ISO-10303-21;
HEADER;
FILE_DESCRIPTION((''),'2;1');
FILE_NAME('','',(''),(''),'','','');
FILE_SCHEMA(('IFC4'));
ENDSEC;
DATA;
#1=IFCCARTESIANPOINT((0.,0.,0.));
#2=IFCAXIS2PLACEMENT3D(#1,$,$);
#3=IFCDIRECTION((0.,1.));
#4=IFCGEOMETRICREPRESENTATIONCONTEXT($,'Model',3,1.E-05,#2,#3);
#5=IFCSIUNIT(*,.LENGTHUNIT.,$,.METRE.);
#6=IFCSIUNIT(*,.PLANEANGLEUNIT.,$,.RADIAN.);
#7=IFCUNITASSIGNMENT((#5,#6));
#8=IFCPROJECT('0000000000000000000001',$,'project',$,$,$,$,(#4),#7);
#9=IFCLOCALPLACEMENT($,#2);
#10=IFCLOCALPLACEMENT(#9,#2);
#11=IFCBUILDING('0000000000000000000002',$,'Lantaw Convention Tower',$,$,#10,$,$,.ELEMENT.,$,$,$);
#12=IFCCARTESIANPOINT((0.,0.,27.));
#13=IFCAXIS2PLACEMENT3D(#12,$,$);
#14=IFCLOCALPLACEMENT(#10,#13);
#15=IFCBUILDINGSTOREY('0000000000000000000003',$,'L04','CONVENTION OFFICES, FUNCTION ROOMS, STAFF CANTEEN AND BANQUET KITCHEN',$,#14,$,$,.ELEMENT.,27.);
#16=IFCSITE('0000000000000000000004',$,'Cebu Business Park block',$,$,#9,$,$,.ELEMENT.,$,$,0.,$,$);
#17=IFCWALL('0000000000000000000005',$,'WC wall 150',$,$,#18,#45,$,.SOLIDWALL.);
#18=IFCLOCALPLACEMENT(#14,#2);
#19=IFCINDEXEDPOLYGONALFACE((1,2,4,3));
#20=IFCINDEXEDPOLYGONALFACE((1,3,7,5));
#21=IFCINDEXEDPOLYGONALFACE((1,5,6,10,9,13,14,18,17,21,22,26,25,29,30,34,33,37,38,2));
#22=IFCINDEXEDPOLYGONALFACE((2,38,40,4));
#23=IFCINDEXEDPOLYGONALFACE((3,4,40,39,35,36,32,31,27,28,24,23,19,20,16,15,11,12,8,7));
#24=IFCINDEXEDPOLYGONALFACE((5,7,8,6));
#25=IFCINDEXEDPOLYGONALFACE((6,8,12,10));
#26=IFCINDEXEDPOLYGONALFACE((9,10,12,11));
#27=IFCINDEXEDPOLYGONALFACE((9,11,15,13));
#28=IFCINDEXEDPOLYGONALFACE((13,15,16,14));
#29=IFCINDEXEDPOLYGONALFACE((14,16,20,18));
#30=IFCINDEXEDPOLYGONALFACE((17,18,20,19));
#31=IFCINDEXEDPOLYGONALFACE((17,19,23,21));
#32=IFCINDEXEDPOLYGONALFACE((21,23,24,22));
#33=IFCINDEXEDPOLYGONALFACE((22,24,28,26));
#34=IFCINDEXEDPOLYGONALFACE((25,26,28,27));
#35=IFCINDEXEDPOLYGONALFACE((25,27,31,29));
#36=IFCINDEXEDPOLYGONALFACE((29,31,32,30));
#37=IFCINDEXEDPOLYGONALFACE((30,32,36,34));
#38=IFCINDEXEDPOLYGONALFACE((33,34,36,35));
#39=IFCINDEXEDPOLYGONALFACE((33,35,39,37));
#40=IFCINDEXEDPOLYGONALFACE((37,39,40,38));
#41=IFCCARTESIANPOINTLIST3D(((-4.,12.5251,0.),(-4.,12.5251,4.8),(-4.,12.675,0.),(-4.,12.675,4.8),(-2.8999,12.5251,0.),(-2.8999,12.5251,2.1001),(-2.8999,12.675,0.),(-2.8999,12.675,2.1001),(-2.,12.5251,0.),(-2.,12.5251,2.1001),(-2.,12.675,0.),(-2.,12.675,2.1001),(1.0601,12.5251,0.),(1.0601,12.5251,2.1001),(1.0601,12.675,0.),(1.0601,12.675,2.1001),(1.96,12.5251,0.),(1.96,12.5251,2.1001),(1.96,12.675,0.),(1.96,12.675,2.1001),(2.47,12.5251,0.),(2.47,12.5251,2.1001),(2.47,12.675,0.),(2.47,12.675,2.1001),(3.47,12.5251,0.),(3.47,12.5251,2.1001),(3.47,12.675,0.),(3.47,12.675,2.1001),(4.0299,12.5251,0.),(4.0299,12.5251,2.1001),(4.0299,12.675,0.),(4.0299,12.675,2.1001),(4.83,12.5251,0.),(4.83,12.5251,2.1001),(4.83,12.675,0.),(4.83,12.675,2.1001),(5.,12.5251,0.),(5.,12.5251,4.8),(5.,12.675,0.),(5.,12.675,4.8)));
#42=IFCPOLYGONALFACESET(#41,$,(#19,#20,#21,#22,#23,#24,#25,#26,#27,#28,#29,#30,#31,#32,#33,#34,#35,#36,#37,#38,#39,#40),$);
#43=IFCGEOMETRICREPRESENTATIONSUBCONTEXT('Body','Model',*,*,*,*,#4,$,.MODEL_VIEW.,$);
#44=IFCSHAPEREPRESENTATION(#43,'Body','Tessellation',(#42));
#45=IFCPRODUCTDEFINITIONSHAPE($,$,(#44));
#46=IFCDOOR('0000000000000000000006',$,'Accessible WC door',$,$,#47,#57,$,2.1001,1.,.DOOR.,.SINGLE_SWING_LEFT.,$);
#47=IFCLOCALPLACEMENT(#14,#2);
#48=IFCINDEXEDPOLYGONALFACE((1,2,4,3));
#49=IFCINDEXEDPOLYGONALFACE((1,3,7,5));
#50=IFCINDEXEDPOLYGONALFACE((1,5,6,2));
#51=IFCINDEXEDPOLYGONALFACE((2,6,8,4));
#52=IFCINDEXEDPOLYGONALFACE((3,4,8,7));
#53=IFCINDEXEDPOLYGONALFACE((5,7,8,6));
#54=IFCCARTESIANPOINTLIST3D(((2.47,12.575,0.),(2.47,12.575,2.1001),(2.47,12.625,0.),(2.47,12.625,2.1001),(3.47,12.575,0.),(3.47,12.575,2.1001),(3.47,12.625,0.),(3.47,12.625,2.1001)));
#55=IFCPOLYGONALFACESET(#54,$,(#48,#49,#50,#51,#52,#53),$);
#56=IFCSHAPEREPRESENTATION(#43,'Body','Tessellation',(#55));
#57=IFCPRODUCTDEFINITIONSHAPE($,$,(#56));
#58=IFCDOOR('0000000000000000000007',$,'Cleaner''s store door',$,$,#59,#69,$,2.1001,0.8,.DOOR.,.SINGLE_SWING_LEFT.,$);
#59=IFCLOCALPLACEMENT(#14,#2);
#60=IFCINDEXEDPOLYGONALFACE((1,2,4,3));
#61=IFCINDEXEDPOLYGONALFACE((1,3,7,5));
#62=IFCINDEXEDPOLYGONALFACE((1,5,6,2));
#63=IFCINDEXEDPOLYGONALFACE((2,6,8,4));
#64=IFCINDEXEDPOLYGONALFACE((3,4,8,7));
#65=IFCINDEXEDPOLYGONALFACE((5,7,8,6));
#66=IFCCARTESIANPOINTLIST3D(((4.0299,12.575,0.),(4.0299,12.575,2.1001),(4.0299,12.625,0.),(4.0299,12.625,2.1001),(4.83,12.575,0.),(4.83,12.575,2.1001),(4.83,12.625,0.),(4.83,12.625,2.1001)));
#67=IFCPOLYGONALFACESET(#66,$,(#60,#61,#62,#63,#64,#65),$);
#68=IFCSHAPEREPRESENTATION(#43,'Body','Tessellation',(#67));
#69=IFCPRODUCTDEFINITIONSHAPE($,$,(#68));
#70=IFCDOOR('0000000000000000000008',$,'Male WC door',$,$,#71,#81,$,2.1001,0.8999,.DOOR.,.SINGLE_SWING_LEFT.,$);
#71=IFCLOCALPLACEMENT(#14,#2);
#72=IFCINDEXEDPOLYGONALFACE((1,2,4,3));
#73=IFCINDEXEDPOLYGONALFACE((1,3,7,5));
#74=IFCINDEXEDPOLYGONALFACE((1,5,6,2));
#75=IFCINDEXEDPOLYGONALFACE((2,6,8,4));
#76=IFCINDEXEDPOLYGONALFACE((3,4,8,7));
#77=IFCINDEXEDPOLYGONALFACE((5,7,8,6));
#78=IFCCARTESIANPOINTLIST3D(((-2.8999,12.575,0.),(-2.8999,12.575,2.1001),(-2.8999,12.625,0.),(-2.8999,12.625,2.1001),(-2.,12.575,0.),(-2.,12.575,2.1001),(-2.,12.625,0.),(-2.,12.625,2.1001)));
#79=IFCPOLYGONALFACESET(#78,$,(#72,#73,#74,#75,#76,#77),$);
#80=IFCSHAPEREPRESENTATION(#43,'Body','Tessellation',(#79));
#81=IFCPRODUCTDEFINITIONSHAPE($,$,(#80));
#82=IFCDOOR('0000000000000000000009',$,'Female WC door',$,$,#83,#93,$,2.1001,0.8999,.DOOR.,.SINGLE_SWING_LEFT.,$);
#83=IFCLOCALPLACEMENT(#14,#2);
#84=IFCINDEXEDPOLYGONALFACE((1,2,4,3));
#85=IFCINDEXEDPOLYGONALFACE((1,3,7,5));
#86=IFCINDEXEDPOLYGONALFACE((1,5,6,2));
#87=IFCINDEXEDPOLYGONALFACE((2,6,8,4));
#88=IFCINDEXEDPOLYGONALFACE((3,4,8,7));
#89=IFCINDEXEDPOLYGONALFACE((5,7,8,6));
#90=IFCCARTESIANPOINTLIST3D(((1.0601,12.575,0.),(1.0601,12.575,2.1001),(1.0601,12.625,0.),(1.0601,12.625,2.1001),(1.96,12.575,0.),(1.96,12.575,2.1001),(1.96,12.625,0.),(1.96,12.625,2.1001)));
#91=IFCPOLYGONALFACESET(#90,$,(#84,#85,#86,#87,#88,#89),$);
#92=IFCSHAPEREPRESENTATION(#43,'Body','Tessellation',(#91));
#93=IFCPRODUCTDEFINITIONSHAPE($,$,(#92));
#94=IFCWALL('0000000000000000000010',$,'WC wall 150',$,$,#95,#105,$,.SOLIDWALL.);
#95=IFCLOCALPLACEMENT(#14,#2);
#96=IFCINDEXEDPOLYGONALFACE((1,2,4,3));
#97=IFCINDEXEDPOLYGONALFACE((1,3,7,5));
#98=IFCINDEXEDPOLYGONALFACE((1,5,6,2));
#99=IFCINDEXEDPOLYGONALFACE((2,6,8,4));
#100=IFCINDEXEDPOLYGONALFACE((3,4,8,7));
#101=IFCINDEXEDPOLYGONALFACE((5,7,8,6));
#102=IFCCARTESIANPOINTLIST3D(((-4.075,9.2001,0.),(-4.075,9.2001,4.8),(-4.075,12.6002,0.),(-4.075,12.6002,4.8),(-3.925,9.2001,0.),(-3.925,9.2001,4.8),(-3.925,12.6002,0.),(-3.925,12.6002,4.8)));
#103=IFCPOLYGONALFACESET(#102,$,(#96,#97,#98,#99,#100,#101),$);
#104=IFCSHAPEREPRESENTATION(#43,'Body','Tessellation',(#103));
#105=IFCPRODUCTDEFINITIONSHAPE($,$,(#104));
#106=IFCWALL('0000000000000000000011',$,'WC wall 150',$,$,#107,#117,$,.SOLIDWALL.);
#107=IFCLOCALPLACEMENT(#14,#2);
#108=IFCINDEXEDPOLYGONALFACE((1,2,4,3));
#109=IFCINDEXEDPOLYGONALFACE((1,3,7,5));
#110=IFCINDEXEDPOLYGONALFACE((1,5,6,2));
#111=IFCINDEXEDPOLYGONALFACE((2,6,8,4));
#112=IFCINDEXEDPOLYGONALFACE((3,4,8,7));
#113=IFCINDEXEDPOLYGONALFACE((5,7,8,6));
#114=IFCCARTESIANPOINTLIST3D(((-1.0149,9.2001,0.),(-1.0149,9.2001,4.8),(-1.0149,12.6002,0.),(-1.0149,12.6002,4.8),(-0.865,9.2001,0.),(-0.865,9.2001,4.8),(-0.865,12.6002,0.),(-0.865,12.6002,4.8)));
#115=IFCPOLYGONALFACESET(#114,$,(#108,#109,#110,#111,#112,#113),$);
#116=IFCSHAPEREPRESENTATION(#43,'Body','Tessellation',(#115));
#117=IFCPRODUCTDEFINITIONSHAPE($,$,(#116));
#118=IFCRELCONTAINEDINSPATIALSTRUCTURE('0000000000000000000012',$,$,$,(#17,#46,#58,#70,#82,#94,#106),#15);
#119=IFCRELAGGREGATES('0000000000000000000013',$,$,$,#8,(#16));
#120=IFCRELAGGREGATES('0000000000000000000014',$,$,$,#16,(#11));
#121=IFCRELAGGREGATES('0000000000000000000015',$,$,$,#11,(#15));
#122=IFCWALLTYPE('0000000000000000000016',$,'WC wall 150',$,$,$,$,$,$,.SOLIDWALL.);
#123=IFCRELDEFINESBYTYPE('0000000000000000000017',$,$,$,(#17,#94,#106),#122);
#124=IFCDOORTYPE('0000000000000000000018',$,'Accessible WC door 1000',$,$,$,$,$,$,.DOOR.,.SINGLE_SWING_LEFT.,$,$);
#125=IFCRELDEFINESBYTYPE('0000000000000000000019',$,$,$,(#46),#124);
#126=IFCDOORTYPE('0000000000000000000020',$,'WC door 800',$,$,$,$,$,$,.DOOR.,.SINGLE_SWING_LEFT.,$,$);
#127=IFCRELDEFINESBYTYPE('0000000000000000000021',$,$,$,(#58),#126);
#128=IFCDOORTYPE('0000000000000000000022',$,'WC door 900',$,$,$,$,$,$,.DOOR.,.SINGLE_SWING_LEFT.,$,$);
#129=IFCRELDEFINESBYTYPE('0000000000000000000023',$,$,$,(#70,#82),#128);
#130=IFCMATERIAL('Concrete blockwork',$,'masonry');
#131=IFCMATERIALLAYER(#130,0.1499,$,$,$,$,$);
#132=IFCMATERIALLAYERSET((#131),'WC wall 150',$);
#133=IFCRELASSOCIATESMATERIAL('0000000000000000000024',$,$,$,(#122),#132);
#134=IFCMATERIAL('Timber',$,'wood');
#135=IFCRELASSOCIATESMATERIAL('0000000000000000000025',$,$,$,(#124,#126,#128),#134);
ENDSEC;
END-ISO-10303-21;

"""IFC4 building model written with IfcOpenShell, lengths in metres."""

from ifc_helpers import new_model, si_unit, direction, frame, frame_2d, origin, place, context, subcontext, project, spatial, rectangle, extrude, material, layer, layer_set, type_object, element, fill, save


model = new_model("IFC4")

# Units and contexts
model_context = context("Model", 3, precision=1e-05, world=origin(), true_north=direction((0.0, 1.0)))
body_context = subcontext(model_context, "Body", "Model", "MODEL_VIEW")
ifc_project = project(units=[si_unit("LENGTHUNIT", "METRE"), si_unit("PLANEANGLEUNIT", "RADIAN")], contexts=[model_context])

# Site, building, storey
site_placement = place(None, origin())
site = spatial("IfcSite", under=ifc_project, at=site_placement, Name="Cebu Business Park block", CompositionType="ELEMENT", RefElevation=0.0)
building_placement = place(site_placement, origin())
building = spatial("IfcBuilding", under=site, at=building_placement, Name="Lantaw Convention Tower", CompositionType="ELEMENT")
storey_placement = place(building_placement, frame((0.0, 0.0, 27.0)))
storey = spatial("IfcBuildingStorey", under=building, at=storey_placement, Name="L04", Description="CONVENTION OFFICES, FUNCTION ROOMS, STAFF CANTEEN AND BANQUET KITCHEN", CompositionType="ELEMENT", Elevation=27.0)

# Shared definitions
ifc_material_1 = material(Name="Concrete blockwork", Category="masonry")

# Wall, openings, doors
ifc_layer_1 = layer(ifc_material_1, 0.1499)
ifc_layer_set_1 = layer_set([ifc_layer_1], Name="WC wall 150")
wall_type_1 = type_object("IfcWallType", Name="WC wall 150", PredefinedType="SOLIDWALL", material=ifc_layer_set_1)
wall_1_placement = place(storey_placement, frame((-4.0, 12.6001, 0.0), z_axis=(0.0, 0.0, 1.0), x_axis=(1.0, 0.0, 0.0)))
wall_1 = element("IfcWall", 1, at=wall_1_placement, inside=storey, type_object=wall_type_1, Name="WC wall 150", PredefinedType="SOLIDWALL", context=body_context, shape_type="SweptSolid", body=[
    extrude(rectangle(XDim=9.0, YDim=0.1499, at=frame_2d((4.5, 0.0))), origin(), (0.0, 0.0, 1.0), 4.8),
])
opening_1_placement = place(wall_1_placement, frame((1.1001, 0.0, 0.0)))
opening_1 = element("IfcOpeningElement", 2, at=opening_1_placement, cuts=wall_1, PredefinedType="OPENING", context=body_context, shape_type="SweptSolid", body=[
    extrude(rectangle(XDim=0.8999, YDim=2.1001, at=frame_2d((0.45, 1.05))), frame((0.0, 0.085, 0.0), z_axis=(0.0, -1.0, 0.0), x_axis=(1.0, 0.0, 0.0)), (0.0, 0.0, 1.0), 0.1699),
])
opening_2_placement = place(wall_1_placement, frame((5.0601, 0.0, 0.0)))
opening_2 = element("IfcOpeningElement", 3, at=opening_2_placement, cuts=wall_1, PredefinedType="OPENING", context=body_context, shape_type="SweptSolid", body=[
    extrude(rectangle(XDim=0.8999, YDim=2.1001, at=frame_2d((0.45, 1.05))), frame((0.0, 0.085, 0.0), z_axis=(0.0, -1.0, 0.0), x_axis=(1.0, 0.0, 0.0)), (0.0, 0.0, 1.0), 0.1699),
])
opening_3_placement = place(wall_1_placement, frame((6.47, 0.0, 0.0)))
opening_3 = element("IfcOpeningElement", 4, at=opening_3_placement, cuts=wall_1, PredefinedType="OPENING", context=body_context, shape_type="SweptSolid", body=[
    extrude(rectangle(XDim=1.0, YDim=2.1001, at=frame_2d((0.5, 1.05))), frame((0.0, 0.085, 0.0), z_axis=(0.0, -1.0, 0.0), x_axis=(1.0, 0.0, 0.0)), (0.0, 0.0, 1.0), 0.1699),
])
opening_4_placement = place(wall_1_placement, frame((8.03, 0.0, 0.0)))
opening_4 = element("IfcOpeningElement", 5, at=opening_4_placement, cuts=wall_1, PredefinedType="OPENING", context=body_context, shape_type="SweptSolid", body=[
    extrude(rectangle(XDim=0.8, YDim=2.1001, at=frame_2d((0.3999, 1.05))), frame((0.0, 0.085, 0.0), z_axis=(0.0, -1.0, 0.0), x_axis=(1.0, 0.0, 0.0)), (0.0, 0.0, 1.0), 0.1699),
])
ifc_material_2 = material(Name="Timber", Category="wood")
door_type_1 = type_object("IfcDoorType", Name="Accessible WC door 1000", OperationType="SINGLE_SWING_LEFT", PredefinedType="DOOR", material=ifc_material_2)
door_1_placement = place(opening_3_placement, origin())
door_1 = element("IfcDoor", 6, at=door_1_placement, inside=storey, type_object=door_type_1, Name="Accessible WC door", OperationType="SINGLE_SWING_LEFT", OverallHeight=2.1001, OverallWidth=1.0, PredefinedType="DOOR", context=body_context, shape_type="SweptSolid", body=[
    extrude(rectangle(XDim=1.0, YDim=2.1001, at=frame_2d((0.5, 1.05))), frame((0.0, 0.0249, 0.0), z_axis=(0.0, -1.0, 0.0), x_axis=(1.0, 0.0, 0.0)), (0.0, 0.0, 1.0), 0.05),
])
fill(opening_3, door_1)
door_type_2 = type_object("IfcDoorType", Name="WC door 800", OperationType="SINGLE_SWING_LEFT", PredefinedType="DOOR", material=ifc_material_2)
door_2_placement = place(opening_4_placement, origin())
door_2 = element("IfcDoor", 7, at=door_2_placement, inside=storey, type_object=door_type_2, Name="Cleaner's store door", OperationType="SINGLE_SWING_LEFT", OverallHeight=2.1001, OverallWidth=0.8, PredefinedType="DOOR", context=body_context, shape_type="SweptSolid", body=[
    extrude(rectangle(XDim=0.8, YDim=2.1001, at=frame_2d((0.3999, 1.05))), frame((0.0, 0.0249, 0.0), z_axis=(0.0, -1.0, 0.0), x_axis=(1.0, 0.0, 0.0)), (0.0, 0.0, 1.0), 0.05),
])
fill(opening_4, door_2)
door_type_3 = type_object("IfcDoorType", Name="WC door 900", OperationType="SINGLE_SWING_LEFT", PredefinedType="DOOR", material=ifc_material_2)
door_3_placement = place(opening_1_placement, origin())
door_3 = element("IfcDoor", 8, at=door_3_placement, inside=storey, type_object=door_type_3, Name="Male WC door", OperationType="SINGLE_SWING_LEFT", OverallHeight=2.1001, OverallWidth=0.8999, PredefinedType="DOOR", context=body_context, shape_type="SweptSolid", body=[
    extrude(rectangle(XDim=0.8999, YDim=2.1001, at=frame_2d((0.45, 1.05))), frame((0.0, 0.0249, 0.0), z_axis=(0.0, -1.0, 0.0), x_axis=(1.0, 0.0, 0.0)), (0.0, 0.0, 1.0), 0.05),
])
fill(opening_1, door_3)
door_4_placement = place(opening_2_placement, origin())
door_4 = element("IfcDoor", 9, at=door_4_placement, inside=storey, type_object=door_type_3, Name="Female WC door", OperationType="SINGLE_SWING_LEFT", OverallHeight=2.1001, OverallWidth=0.8999, PredefinedType="DOOR", context=body_context, shape_type="SweptSolid", body=[
    extrude(rectangle(XDim=0.8999, YDim=2.1001, at=frame_2d((0.45, 1.05))), frame((0.0, 0.0249, 0.0), z_axis=(0.0, -1.0, 0.0), x_axis=(1.0, 0.0, 0.0)), (0.0, 0.0, 1.0), 0.05),
])
fill(opening_2, door_4)

# Walls
for number, where, z_axis, x_axis, name in (
    (10, (-4.0, 9.2, 0.0), (0.0, 0.0, 1.0), (0.0, 1.0, 0.0), "WC wall 150"),
    (11, (-0.9399, 9.2, 0.0), (0.0, 0.0, 1.0), (0.0, 1.0, 0.0), "WC wall 150"),
):
    element("IfcWall", number, at=place(storey_placement, frame(where, z_axis=z_axis, x_axis=x_axis)), inside=storey, type_object=wall_type_1, Name=name, PredefinedType="SOLIDWALL", context=body_context, shape_type="SweptSolid", body=[
        extrude(rectangle(XDim=3.4001, YDim=0.1499, at=frame_2d((1.7002, 0.0))), origin(), (0.0, 0.0, 1.0), 4.8),
    ])

save(model, "model.ifc")
